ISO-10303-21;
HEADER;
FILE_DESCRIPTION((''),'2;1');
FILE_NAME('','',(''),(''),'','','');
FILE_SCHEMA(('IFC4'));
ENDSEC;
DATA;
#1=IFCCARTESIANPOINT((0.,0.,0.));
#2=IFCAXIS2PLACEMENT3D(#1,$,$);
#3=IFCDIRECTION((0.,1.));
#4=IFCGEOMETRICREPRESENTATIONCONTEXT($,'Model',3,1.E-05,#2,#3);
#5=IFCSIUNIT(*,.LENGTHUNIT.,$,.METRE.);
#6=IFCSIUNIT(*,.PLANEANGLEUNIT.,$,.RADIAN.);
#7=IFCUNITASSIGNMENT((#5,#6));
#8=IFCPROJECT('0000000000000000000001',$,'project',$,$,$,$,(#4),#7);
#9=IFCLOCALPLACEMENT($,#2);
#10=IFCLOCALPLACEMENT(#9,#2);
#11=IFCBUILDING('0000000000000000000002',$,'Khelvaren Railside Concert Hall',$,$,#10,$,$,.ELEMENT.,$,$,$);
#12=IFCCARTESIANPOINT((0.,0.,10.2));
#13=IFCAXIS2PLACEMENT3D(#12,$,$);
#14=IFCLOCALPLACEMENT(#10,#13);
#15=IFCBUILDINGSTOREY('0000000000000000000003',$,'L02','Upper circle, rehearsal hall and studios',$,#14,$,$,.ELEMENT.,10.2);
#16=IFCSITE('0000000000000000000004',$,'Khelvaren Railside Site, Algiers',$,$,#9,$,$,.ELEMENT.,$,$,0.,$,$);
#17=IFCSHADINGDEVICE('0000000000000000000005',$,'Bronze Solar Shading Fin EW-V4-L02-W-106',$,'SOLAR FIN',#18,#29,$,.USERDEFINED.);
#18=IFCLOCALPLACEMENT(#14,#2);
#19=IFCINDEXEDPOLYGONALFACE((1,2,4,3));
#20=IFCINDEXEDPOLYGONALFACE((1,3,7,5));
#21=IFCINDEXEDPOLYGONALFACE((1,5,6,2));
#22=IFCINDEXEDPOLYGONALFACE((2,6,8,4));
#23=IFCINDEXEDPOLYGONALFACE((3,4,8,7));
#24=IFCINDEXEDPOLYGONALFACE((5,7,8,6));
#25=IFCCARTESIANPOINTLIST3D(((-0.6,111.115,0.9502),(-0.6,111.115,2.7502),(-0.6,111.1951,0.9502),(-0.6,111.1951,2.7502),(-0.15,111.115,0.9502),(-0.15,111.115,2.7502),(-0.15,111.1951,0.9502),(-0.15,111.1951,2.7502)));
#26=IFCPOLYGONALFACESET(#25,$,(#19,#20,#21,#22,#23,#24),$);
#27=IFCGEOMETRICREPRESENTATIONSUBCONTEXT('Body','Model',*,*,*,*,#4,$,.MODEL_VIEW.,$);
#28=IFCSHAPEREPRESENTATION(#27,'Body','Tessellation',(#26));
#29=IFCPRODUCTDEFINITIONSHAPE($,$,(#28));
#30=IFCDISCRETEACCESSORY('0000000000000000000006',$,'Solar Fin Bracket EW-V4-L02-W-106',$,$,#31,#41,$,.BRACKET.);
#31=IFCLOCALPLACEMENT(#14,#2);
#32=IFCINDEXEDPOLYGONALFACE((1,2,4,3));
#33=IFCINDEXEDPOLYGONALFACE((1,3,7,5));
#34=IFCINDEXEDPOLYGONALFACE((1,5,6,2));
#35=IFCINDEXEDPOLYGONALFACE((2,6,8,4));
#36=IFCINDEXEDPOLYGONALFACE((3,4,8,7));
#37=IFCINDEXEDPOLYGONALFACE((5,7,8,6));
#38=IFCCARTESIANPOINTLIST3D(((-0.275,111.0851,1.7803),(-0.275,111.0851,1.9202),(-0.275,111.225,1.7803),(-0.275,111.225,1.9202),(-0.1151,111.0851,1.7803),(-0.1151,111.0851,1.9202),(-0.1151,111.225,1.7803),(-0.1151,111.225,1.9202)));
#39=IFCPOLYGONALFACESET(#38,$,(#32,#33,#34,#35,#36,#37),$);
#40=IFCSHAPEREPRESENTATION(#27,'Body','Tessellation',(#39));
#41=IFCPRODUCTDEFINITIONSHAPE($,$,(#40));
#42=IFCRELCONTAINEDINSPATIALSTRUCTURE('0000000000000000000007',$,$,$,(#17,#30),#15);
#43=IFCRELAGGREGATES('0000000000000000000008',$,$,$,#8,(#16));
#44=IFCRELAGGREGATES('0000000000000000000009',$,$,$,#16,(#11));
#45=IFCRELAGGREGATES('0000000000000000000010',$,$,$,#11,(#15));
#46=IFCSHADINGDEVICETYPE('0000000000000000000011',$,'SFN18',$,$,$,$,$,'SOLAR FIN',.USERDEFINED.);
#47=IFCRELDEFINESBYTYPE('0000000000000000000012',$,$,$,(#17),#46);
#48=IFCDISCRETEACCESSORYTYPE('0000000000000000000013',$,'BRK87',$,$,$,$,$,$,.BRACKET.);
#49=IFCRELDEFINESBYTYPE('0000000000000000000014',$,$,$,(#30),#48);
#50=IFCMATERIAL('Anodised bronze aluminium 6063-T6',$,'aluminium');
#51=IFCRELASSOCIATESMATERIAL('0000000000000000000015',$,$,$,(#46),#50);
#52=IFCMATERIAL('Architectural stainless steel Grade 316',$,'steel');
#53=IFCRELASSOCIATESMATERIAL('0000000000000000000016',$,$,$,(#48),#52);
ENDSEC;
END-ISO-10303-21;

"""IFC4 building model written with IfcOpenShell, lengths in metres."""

from ifc_helpers import new_model, si_unit, direction, frame, origin, origin_2d, place, context, subcontext, project, spatial, rectangle, extrude, material, type_object, element, save


model = new_model("IFC4")

# Units and contexts
model_context = context("Model", 3, precision=1e-05, world=origin(), true_north=direction((0.0, 1.0)))
body_context = subcontext(model_context, "Body", "Model", "MODEL_VIEW")
ifc_project = project(units=[si_unit("LENGTHUNIT", "METRE"), si_unit("PLANEANGLEUNIT", "RADIAN")], contexts=[model_context])

# Site, building, storey
site_placement = place(None, origin())
site = spatial("IfcSite", under=ifc_project, at=site_placement, Name="Khelvaren Railside Site, Algiers", CompositionType="ELEMENT", RefElevation=0.0)
building_placement = place(site_placement, origin())
building = spatial("IfcBuilding", under=site, at=building_placement, Name="Khelvaren Railside Concert Hall", CompositionType="ELEMENT")
storey_placement = place(building_placement, frame((0.0, 0.0, 10.2)))
storey = spatial("IfcBuildingStorey", under=building, at=storey_placement, Name="L02", Description="Upper circle, rehearsal hall and studios", CompositionType="ELEMENT", Elevation=10.2)

# Shading device
ifc_material_1 = material(Name="Anodised bronze aluminium 6063-T6", Category="aluminium")
shading_device_type = type_object("IfcShadingDeviceType", Name="SFN18", ElementType="SOLAR FIN", PredefinedType="USERDEFINED", material=ifc_material_1)
shading_device_placement = place(storey_placement, frame((-0.375, 111.155, 0.9502), z_axis=(0.0, 0.0, 1.0), x_axis=(0.0, 1.0, 0.0)))
element("IfcShadingDevice", 1, at=shading_device_placement, inside=storey, type_object=shading_device_type, Name="Bronze Solar Shading Fin EW-V4-L02-W-106", ObjectType="SOLAR FIN", PredefinedType="USERDEFINED", context=body_context, shape_type="SweptSolid", body=[
    extrude(rectangle(XDim=0.0801, YDim=0.45, at=origin_2d()), origin(), (0.0, 0.0, 1.0), 1.8),
])

# Discrete accessory
ifc_material_2 = material(Name="Architectural stainless steel Grade 316", Category="steel")
discrete_accessory_type = type_object("IfcDiscreteAccessoryType", Name="BRK87", PredefinedType="BRACKET", material=ifc_material_2)
discrete_accessory_placement = place(storey_placement, frame((-0.1951, 111.155, 1.7803), z_axis=(0.0, 0.0, 1.0), x_axis=(0.0, 1.0, 0.0)))
element("IfcDiscreteAccessory", 2, at=discrete_accessory_placement, inside=storey, type_object=discrete_accessory_type, Name="Solar Fin Bracket EW-V4-L02-W-106", PredefinedType="BRACKET", context=body_context, shape_type="SweptSolid", body=[
    extrude(rectangle(XDim=0.1399, YDim=0.1599, at=origin_2d()), origin(), (0.0, 0.0, 1.0), 0.1399),
])

save(model, "model.ifc")
